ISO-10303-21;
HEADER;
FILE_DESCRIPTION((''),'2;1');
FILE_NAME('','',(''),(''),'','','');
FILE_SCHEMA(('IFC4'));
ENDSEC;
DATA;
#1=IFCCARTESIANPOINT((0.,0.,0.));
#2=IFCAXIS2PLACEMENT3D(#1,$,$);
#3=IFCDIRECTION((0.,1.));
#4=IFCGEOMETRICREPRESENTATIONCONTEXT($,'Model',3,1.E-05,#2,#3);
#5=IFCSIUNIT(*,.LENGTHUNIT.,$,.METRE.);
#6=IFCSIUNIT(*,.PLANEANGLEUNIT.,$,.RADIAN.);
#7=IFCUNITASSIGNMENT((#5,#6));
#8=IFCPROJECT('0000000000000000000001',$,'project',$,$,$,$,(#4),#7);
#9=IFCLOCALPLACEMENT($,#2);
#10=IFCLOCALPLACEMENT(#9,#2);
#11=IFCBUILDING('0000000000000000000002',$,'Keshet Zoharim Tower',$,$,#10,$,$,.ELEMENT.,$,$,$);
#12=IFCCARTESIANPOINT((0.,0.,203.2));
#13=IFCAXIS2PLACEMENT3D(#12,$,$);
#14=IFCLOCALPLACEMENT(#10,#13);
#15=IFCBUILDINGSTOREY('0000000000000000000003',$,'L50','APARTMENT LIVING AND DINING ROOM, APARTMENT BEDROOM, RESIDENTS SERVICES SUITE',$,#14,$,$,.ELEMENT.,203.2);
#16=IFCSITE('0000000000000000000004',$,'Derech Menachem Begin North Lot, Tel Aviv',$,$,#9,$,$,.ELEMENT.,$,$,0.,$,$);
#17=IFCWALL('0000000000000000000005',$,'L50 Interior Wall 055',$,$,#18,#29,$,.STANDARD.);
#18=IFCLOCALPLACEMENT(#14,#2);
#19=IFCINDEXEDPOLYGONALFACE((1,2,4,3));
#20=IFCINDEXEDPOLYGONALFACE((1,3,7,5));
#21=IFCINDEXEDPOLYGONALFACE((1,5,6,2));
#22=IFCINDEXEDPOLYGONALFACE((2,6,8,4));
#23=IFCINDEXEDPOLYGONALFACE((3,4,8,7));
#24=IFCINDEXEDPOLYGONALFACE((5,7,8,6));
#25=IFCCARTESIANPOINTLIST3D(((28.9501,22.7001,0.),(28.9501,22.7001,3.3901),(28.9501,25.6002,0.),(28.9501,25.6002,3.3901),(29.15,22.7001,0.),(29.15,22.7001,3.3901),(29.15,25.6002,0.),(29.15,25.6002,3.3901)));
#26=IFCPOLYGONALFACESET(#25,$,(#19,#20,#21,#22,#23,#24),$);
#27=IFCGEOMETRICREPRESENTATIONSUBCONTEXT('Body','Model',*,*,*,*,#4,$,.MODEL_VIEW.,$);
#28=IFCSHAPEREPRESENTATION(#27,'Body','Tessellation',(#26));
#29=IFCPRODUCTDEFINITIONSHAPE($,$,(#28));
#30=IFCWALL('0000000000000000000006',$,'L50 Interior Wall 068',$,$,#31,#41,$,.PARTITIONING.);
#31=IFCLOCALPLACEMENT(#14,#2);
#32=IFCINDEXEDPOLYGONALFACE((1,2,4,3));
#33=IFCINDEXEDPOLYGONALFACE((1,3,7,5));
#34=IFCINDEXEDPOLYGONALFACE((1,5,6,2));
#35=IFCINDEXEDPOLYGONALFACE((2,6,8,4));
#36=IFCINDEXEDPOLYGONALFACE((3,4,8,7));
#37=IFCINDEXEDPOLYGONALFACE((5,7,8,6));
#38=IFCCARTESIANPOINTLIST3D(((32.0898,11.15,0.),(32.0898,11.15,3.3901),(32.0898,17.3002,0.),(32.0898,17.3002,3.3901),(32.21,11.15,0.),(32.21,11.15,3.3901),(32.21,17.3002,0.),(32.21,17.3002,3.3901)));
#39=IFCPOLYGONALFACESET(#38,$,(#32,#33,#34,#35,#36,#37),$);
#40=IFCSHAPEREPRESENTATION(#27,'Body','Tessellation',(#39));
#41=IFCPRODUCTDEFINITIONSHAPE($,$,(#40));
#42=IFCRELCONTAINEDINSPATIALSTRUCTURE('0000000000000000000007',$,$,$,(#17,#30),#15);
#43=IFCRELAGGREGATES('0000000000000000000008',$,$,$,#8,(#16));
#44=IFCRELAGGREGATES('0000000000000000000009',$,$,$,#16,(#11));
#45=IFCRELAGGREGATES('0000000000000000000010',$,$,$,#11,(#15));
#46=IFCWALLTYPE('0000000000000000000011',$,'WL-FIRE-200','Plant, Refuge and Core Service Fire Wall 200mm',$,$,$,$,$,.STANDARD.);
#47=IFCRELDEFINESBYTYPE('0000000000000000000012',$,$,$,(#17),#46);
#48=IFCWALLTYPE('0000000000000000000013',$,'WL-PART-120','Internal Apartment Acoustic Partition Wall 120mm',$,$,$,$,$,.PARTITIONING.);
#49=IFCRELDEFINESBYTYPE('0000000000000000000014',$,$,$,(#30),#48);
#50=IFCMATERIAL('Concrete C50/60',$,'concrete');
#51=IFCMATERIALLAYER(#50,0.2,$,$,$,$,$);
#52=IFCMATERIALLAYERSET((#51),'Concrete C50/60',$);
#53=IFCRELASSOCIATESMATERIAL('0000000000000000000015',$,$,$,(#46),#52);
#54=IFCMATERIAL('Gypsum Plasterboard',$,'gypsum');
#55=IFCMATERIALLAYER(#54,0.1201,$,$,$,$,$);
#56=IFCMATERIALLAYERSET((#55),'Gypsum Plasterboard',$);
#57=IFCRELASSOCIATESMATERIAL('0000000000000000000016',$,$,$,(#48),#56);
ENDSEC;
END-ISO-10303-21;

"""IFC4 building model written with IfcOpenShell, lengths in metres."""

from ifc_helpers import new_model, si_unit, direction, frame, frame_2d, origin, place, context, subcontext, project, spatial, rectangle, extrude, material, layer, layer_set, type_object, element, save


model = new_model("IFC4")

# Units and contexts
model_context = context("Model", 3, precision=1e-05, world=origin(), true_north=direction((0.0, 1.0)))
body_context = subcontext(model_context, "Body", "Model", "MODEL_VIEW")
ifc_project = project(units=[si_unit("LENGTHUNIT", "METRE"), si_unit("PLANEANGLEUNIT", "RADIAN")], contexts=[model_context])

# Site, building, storey
site_placement = place(None, origin())
site = spatial("IfcSite", under=ifc_project, at=site_placement, Name="Derech Menachem Begin North Lot, Tel Aviv", CompositionType="ELEMENT", RefElevation=0.0)
building_placement = place(site_placement, origin())
building = spatial("IfcBuilding", under=site, at=building_placement, Name="Keshet Zoharim Tower", CompositionType="ELEMENT")
storey_placement = place(building_placement, frame((0.0, 0.0, 203.2)))
storey = spatial("IfcBuildingStorey", under=building, at=storey_placement, Name="L50", Description="APARTMENT LIVING AND DINING ROOM, APARTMENT BEDROOM, RESIDENTS SERVICES SUITE", CompositionType="ELEMENT", Elevation=203.2)

# Shared definitions
ifc_material_1 = material(Name="Gypsum Plasterboard", Category="gypsum")

# Wall
ifc_material_2 = material(Name="Concrete C50/60", Category="concrete")
ifc_layer_1 = layer(ifc_material_2, 0.2)
ifc_layer_set_1 = layer_set([ifc_layer_1], Name="Concrete C50/60")
wall_type_1 = type_object("IfcWallType", Name="WL-FIRE-200", Description="Plant, Refuge and Core Service Fire Wall 200mm", PredefinedType="STANDARD", material=ifc_layer_set_1)
wall_1_placement = place(storey_placement, frame((29.05, 22.7, 0.0), z_axis=(0.0, 0.0, 1.0), x_axis=(0.0, 1.0, 0.0)))
element("IfcWall", 1, at=wall_1_placement, inside=storey, type_object=wall_type_1, Name="L50 Interior Wall 055", PredefinedType="STANDARD", context=body_context, shape_type="SweptSolid", body=[
    extrude(rectangle(XDim=2.9001, YDim=0.2, at=frame_2d((1.4502, 0.0))), origin(), (0.0, 0.0, 1.0), 3.3901),
])

# Wall
ifc_layer_2 = layer(ifc_material_1, 0.1201)
ifc_layer_set_2 = layer_set([ifc_layer_2], Name="Gypsum Plasterboard")
wall_type_2 = type_object("IfcWallType", Name="WL-PART-120", Description="Internal Apartment Acoustic Partition Wall 120mm", PredefinedType="PARTITIONING", material=ifc_layer_set_2)
wall_2_placement = place(storey_placement, frame((32.1499, 11.1499, 0.0), z_axis=(0.0, 0.0, 1.0), x_axis=(0.0, 1.0, 0.0)))
element("IfcWall", 2, at=wall_2_placement, inside=storey, type_object=wall_type_2, Name="L50 Interior Wall 068", PredefinedType="PARTITIONING", context=body_context, shape_type="SweptSolid", body=[
    extrude(rectangle(XDim=6.1501, YDim=0.1201, at=frame_2d((3.0752, 0.0))), origin(), (0.0, 0.0, 1.0), 3.3901),
])

save(model, "model.ifc")
